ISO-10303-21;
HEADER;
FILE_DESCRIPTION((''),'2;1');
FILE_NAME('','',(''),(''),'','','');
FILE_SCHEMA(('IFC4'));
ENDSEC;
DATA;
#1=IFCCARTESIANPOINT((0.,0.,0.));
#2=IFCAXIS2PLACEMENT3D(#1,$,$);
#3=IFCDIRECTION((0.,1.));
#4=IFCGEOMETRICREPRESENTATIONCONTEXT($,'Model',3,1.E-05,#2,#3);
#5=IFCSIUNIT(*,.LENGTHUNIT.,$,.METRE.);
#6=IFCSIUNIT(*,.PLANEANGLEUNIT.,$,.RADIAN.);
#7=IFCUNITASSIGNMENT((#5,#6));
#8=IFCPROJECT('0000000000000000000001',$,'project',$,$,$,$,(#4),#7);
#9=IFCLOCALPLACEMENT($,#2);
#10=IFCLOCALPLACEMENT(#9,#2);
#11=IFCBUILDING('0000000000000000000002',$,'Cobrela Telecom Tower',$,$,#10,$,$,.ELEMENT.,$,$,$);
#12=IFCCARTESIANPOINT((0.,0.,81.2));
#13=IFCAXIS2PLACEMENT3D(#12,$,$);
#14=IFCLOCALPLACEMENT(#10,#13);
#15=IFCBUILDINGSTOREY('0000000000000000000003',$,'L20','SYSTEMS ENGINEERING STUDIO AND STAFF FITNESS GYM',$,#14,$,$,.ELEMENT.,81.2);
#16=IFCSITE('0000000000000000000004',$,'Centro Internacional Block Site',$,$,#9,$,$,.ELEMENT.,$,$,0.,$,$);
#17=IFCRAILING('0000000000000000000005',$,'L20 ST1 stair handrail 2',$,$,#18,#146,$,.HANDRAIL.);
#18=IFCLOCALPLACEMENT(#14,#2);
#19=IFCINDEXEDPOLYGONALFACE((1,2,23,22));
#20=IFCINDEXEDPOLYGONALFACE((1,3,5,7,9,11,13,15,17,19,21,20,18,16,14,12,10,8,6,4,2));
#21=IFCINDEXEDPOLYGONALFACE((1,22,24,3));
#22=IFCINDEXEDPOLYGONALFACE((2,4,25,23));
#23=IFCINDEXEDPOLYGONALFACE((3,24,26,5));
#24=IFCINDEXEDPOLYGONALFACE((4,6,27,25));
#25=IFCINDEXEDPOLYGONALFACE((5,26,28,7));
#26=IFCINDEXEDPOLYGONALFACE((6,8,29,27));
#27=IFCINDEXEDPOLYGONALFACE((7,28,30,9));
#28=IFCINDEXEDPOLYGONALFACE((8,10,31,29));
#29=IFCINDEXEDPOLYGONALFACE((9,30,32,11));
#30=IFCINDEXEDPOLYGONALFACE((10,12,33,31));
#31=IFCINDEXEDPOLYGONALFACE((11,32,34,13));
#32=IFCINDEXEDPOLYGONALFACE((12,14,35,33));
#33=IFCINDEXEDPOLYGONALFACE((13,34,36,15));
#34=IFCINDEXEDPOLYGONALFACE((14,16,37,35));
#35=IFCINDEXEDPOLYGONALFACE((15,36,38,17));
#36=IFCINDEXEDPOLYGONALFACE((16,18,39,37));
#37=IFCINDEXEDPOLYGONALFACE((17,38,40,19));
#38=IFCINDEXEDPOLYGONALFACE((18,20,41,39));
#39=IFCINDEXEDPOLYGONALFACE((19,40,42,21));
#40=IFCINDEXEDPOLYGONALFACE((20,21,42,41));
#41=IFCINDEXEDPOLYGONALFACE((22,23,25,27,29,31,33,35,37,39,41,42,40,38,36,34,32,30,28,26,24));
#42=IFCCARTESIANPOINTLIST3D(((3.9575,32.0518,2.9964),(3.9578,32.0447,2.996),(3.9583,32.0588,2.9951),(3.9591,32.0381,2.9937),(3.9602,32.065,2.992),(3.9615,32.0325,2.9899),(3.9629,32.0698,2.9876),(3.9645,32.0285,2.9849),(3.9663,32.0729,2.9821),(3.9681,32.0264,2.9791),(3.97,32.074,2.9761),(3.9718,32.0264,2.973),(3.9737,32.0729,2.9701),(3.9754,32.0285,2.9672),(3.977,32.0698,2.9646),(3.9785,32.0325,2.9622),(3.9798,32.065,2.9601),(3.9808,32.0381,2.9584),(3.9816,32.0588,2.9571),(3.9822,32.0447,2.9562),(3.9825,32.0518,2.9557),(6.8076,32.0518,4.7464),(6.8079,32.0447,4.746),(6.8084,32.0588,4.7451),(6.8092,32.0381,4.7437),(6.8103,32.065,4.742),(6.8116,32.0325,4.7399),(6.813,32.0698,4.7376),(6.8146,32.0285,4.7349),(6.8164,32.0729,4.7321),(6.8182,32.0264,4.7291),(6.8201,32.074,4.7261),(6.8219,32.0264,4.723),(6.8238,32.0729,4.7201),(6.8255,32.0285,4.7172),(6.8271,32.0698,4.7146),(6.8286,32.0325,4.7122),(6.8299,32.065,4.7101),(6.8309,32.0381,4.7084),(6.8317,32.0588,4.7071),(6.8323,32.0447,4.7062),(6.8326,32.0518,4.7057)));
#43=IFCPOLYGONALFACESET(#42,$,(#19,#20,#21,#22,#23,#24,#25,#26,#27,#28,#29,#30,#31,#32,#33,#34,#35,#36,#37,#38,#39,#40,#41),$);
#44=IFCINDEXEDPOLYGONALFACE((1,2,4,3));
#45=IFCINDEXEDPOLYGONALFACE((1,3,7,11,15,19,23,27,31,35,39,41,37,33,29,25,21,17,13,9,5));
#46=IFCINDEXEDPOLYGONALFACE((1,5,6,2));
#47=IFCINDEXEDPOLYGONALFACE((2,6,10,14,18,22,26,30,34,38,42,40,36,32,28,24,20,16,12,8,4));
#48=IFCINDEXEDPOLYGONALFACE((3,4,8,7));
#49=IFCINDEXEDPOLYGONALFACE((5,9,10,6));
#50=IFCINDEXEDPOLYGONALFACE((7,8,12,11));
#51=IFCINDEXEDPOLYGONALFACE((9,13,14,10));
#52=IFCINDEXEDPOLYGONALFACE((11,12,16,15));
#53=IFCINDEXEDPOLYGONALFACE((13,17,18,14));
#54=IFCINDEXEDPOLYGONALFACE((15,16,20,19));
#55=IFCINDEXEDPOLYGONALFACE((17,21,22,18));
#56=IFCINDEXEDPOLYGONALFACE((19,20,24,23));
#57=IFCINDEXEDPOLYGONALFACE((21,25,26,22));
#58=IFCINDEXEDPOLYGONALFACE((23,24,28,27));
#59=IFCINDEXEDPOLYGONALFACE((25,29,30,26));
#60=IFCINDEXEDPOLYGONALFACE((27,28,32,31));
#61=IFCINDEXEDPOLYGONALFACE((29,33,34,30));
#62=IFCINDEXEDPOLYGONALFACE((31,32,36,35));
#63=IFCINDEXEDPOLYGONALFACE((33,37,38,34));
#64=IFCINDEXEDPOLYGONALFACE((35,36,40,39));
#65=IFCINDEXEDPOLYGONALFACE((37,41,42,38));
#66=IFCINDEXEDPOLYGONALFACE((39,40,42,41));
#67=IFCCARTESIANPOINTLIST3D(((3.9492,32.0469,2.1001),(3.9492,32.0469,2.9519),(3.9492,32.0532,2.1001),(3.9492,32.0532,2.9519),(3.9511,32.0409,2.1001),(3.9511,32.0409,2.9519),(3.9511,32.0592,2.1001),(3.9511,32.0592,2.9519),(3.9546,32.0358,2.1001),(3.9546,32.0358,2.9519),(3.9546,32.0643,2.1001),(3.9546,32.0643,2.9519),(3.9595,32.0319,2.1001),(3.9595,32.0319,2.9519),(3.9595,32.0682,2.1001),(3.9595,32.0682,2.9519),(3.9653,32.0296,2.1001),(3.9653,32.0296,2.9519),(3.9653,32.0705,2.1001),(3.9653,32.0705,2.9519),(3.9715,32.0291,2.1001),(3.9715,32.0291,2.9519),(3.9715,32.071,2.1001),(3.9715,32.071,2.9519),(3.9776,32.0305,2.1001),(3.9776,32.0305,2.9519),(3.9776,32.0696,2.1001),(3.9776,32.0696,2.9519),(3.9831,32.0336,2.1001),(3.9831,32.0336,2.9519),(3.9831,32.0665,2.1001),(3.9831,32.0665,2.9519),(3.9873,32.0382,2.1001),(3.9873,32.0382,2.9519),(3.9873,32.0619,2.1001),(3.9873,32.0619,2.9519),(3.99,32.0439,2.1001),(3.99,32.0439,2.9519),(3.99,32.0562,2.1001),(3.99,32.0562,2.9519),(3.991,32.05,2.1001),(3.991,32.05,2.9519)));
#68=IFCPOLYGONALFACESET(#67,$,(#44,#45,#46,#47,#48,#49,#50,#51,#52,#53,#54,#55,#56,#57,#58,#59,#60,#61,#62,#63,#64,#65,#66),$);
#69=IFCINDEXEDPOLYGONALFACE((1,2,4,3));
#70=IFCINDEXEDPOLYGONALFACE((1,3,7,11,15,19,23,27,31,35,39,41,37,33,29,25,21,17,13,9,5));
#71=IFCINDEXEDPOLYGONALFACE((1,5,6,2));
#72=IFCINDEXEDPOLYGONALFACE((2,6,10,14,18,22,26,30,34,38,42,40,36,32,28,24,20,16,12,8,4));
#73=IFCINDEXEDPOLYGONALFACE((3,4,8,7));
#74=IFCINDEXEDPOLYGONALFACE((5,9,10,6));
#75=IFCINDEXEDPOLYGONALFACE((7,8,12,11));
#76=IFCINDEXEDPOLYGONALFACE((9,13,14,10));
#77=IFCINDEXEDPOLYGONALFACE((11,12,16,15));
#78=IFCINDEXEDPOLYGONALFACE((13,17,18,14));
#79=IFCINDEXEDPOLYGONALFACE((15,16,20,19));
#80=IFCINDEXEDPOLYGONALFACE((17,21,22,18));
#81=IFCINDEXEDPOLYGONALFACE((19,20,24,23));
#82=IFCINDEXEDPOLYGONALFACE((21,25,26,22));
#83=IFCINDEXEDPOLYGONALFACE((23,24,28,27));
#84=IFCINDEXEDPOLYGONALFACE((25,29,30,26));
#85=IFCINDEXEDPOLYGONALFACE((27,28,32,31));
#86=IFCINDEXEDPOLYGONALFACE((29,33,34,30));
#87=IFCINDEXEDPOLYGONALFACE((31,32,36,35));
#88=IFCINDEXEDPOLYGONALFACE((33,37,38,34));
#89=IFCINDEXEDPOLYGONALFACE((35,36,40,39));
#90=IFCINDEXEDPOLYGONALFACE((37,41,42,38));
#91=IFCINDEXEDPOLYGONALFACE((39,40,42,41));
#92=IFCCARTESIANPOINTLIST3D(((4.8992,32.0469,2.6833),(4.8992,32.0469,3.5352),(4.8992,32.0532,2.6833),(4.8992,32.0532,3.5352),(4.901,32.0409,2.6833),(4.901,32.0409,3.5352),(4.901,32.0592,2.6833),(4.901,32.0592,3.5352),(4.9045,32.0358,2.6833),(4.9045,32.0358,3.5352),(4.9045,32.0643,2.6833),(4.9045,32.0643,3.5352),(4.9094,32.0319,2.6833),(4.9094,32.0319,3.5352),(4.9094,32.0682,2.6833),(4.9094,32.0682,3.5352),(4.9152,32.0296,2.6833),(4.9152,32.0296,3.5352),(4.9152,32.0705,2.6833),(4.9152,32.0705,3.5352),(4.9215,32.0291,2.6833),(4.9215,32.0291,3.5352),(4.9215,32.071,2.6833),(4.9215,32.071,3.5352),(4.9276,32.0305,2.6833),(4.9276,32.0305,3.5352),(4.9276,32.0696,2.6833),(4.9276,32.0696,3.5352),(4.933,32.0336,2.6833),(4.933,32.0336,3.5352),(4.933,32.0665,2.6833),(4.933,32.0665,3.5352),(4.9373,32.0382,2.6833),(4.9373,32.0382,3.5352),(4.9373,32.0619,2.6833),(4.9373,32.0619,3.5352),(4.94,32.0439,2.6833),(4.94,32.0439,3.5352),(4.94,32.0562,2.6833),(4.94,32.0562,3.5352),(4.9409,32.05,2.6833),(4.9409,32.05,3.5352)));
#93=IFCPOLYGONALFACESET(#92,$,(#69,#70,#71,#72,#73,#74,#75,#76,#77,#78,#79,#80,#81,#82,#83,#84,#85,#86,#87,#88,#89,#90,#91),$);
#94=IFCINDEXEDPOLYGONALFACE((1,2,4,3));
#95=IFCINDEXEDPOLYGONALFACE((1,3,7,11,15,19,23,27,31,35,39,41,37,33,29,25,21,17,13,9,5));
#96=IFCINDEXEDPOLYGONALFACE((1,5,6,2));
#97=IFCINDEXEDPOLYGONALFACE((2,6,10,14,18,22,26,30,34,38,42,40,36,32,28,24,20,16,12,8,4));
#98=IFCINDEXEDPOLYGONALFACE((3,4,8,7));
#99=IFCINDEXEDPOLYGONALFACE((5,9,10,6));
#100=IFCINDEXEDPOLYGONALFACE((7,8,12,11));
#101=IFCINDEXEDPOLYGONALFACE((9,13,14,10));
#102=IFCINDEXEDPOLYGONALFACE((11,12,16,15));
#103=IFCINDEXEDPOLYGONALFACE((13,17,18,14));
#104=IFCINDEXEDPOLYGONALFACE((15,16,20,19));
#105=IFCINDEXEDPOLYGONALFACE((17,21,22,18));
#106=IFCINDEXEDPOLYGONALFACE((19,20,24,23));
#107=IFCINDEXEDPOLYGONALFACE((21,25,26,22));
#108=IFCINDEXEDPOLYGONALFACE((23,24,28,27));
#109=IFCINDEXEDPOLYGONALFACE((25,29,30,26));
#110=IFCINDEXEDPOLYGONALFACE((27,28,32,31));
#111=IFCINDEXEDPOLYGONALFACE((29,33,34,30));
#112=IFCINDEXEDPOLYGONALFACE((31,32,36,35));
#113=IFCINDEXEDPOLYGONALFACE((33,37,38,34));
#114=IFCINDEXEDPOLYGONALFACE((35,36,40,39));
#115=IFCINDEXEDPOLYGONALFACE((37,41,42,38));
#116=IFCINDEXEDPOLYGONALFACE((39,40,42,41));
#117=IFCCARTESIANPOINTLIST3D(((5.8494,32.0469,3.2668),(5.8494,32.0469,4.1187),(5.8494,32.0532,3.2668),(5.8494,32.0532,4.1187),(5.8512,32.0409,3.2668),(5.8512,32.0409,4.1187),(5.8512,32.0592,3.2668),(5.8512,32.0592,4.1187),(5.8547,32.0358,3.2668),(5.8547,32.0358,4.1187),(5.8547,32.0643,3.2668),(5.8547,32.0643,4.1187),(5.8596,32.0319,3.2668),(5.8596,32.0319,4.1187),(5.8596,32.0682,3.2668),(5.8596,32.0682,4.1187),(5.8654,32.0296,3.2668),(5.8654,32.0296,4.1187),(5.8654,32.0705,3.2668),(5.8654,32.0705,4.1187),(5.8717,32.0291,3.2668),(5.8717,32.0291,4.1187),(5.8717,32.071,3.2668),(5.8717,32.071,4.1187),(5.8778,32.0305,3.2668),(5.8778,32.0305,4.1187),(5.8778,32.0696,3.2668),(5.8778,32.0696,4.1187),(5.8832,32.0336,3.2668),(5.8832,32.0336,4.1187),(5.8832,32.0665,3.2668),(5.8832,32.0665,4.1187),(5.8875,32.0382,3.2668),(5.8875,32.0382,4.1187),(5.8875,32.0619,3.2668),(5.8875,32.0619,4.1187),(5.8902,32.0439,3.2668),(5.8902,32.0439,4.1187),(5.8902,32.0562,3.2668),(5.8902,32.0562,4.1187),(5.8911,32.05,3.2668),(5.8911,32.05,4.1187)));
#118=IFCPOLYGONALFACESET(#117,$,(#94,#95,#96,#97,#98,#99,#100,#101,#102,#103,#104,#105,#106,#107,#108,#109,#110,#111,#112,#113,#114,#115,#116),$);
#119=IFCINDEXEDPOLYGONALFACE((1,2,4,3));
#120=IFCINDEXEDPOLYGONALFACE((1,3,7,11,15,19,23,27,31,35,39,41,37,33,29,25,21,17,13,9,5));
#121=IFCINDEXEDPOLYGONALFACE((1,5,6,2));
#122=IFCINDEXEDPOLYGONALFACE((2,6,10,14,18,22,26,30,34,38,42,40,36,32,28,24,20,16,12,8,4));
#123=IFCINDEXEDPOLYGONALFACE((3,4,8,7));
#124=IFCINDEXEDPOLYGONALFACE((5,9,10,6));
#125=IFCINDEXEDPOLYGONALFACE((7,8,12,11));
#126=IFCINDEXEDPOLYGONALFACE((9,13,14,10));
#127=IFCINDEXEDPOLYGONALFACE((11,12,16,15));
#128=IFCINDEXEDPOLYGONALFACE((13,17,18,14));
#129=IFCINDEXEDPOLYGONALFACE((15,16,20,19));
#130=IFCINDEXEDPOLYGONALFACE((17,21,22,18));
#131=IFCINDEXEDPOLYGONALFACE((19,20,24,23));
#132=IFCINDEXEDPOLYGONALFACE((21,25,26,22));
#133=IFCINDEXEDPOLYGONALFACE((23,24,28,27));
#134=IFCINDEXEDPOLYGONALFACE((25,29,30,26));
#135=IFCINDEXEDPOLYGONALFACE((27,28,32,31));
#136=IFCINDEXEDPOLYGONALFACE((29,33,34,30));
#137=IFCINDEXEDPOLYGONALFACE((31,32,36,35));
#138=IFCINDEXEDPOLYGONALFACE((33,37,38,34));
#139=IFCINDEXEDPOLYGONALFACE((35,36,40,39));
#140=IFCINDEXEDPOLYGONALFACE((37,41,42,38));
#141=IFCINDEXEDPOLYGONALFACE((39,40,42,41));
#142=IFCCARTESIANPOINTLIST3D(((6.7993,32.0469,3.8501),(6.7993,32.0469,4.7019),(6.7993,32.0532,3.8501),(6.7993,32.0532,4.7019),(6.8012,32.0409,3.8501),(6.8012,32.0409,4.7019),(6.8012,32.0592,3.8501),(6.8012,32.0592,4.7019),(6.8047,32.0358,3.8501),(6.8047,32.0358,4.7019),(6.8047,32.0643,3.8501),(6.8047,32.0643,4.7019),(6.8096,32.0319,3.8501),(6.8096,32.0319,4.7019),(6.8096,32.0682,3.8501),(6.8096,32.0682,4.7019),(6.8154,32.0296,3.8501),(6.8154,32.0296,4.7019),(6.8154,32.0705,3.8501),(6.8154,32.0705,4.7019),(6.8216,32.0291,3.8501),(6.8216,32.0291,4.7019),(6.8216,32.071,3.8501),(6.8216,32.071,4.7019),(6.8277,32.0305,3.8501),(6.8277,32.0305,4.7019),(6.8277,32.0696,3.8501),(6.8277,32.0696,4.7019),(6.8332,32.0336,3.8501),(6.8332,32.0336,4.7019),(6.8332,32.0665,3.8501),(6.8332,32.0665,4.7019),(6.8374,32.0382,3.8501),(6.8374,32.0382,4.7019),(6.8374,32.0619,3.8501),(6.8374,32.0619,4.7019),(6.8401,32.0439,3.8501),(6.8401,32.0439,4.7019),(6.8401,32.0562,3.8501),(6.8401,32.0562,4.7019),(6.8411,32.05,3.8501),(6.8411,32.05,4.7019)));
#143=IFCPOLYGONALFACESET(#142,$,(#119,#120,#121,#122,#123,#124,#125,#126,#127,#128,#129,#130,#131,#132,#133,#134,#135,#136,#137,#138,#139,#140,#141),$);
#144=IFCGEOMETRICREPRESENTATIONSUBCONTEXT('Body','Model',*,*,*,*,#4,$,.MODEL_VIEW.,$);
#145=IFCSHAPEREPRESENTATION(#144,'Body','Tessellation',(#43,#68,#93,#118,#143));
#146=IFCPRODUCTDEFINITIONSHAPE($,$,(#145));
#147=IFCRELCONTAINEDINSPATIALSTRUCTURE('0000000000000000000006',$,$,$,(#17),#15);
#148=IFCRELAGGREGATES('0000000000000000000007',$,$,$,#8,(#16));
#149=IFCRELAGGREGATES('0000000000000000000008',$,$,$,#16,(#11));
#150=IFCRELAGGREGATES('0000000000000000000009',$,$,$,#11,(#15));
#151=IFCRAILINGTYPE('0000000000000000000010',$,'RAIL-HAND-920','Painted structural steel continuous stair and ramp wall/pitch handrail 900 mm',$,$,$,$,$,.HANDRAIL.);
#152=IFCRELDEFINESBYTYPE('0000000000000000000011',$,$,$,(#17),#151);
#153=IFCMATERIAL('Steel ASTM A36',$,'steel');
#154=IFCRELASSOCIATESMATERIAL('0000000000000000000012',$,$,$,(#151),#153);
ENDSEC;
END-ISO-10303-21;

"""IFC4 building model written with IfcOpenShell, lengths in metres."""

from ifc_helpers import new_model, si_unit, direction, frame, origin, origin_2d, place, context, subcontext, project, spatial, circle, extrude, material, type_object, element, save


model = new_model("IFC4")

# Units and contexts
model_context = context("Model", 3, precision=1e-05, world=origin(), true_north=direction((0.0, 1.0)))
body_context = subcontext(model_context, "Body", "Model", "MODEL_VIEW")
ifc_project = project(units=[si_unit("LENGTHUNIT", "METRE"), si_unit("PLANEANGLEUNIT", "RADIAN")], contexts=[model_context])

# Site, building, storey
site_placement = place(None, origin())
site = spatial("IfcSite", under=ifc_project, at=site_placement, Name="Centro Internacional Block Site", CompositionType="ELEMENT", RefElevation=0.0)
building_placement = place(site_placement, origin())
building = spatial("IfcBuilding", under=site, at=building_placement, Name="Cobrela Telecom Tower", CompositionType="ELEMENT")
storey_placement = place(building_placement, frame((0.0, 0.0, 81.2)))
storey = spatial("IfcBuildingStorey", under=building, at=storey_placement, Name="L20", Description="SYSTEMS ENGINEERING STUDIO AND STAFF FITNESS GYM", CompositionType="ELEMENT", Elevation=81.2)

# Shared definitions
ifc_material_1 = material(Name="Steel ASTM A36", Category="steel")

# Railing
railing_type_1 = type_object("IfcRailingType", Name="RAIL-HAND-920", Description="Painted structural steel continuous stair and ramp wall/pitch handrail 900 mm", PredefinedType="HANDRAIL", material=ifc_material_1)
railing_1_placement = place(storey_placement, frame((3.97, 32.05, 2.1001)))
element("IfcRailing", 1, at=railing_1_placement, inside=storey, type_object=railing_type_1, Name="L20 ST1 stair handrail 2", PredefinedType="HANDRAIL", context=body_context, shape_type="SweptSolid", body=[
    extrude(circle(Radius=0.0239, at=origin_2d()), frame((0.0, 0.0, 0.876), z_axis=(0.852179, 0.0, 0.52325), x_axis=(0.0, 1.0, 0.0)), (0.0, 0.0, 1.0), 3.3445),
    extrude(circle(Radius=0.021, at=origin_2d()), origin(), (0.0, 0.0, 1.0), 0.8518),
    extrude(circle(Radius=0.021, at=origin_2d()), frame((0.95, 0.0, 0.5833)), (0.0, 0.0, 1.0), 0.8518),
    extrude(circle(Radius=0.021, at=origin_2d()), frame((1.9001, 0.0, 1.1667)), (0.0, 0.0, 1.0), 0.8518),
    extrude(circle(Radius=0.021, at=origin_2d()), frame((2.8501, 0.0, 1.75)), (0.0, 0.0, 1.0), 0.8518),
])

save(model, "model.ifc")
